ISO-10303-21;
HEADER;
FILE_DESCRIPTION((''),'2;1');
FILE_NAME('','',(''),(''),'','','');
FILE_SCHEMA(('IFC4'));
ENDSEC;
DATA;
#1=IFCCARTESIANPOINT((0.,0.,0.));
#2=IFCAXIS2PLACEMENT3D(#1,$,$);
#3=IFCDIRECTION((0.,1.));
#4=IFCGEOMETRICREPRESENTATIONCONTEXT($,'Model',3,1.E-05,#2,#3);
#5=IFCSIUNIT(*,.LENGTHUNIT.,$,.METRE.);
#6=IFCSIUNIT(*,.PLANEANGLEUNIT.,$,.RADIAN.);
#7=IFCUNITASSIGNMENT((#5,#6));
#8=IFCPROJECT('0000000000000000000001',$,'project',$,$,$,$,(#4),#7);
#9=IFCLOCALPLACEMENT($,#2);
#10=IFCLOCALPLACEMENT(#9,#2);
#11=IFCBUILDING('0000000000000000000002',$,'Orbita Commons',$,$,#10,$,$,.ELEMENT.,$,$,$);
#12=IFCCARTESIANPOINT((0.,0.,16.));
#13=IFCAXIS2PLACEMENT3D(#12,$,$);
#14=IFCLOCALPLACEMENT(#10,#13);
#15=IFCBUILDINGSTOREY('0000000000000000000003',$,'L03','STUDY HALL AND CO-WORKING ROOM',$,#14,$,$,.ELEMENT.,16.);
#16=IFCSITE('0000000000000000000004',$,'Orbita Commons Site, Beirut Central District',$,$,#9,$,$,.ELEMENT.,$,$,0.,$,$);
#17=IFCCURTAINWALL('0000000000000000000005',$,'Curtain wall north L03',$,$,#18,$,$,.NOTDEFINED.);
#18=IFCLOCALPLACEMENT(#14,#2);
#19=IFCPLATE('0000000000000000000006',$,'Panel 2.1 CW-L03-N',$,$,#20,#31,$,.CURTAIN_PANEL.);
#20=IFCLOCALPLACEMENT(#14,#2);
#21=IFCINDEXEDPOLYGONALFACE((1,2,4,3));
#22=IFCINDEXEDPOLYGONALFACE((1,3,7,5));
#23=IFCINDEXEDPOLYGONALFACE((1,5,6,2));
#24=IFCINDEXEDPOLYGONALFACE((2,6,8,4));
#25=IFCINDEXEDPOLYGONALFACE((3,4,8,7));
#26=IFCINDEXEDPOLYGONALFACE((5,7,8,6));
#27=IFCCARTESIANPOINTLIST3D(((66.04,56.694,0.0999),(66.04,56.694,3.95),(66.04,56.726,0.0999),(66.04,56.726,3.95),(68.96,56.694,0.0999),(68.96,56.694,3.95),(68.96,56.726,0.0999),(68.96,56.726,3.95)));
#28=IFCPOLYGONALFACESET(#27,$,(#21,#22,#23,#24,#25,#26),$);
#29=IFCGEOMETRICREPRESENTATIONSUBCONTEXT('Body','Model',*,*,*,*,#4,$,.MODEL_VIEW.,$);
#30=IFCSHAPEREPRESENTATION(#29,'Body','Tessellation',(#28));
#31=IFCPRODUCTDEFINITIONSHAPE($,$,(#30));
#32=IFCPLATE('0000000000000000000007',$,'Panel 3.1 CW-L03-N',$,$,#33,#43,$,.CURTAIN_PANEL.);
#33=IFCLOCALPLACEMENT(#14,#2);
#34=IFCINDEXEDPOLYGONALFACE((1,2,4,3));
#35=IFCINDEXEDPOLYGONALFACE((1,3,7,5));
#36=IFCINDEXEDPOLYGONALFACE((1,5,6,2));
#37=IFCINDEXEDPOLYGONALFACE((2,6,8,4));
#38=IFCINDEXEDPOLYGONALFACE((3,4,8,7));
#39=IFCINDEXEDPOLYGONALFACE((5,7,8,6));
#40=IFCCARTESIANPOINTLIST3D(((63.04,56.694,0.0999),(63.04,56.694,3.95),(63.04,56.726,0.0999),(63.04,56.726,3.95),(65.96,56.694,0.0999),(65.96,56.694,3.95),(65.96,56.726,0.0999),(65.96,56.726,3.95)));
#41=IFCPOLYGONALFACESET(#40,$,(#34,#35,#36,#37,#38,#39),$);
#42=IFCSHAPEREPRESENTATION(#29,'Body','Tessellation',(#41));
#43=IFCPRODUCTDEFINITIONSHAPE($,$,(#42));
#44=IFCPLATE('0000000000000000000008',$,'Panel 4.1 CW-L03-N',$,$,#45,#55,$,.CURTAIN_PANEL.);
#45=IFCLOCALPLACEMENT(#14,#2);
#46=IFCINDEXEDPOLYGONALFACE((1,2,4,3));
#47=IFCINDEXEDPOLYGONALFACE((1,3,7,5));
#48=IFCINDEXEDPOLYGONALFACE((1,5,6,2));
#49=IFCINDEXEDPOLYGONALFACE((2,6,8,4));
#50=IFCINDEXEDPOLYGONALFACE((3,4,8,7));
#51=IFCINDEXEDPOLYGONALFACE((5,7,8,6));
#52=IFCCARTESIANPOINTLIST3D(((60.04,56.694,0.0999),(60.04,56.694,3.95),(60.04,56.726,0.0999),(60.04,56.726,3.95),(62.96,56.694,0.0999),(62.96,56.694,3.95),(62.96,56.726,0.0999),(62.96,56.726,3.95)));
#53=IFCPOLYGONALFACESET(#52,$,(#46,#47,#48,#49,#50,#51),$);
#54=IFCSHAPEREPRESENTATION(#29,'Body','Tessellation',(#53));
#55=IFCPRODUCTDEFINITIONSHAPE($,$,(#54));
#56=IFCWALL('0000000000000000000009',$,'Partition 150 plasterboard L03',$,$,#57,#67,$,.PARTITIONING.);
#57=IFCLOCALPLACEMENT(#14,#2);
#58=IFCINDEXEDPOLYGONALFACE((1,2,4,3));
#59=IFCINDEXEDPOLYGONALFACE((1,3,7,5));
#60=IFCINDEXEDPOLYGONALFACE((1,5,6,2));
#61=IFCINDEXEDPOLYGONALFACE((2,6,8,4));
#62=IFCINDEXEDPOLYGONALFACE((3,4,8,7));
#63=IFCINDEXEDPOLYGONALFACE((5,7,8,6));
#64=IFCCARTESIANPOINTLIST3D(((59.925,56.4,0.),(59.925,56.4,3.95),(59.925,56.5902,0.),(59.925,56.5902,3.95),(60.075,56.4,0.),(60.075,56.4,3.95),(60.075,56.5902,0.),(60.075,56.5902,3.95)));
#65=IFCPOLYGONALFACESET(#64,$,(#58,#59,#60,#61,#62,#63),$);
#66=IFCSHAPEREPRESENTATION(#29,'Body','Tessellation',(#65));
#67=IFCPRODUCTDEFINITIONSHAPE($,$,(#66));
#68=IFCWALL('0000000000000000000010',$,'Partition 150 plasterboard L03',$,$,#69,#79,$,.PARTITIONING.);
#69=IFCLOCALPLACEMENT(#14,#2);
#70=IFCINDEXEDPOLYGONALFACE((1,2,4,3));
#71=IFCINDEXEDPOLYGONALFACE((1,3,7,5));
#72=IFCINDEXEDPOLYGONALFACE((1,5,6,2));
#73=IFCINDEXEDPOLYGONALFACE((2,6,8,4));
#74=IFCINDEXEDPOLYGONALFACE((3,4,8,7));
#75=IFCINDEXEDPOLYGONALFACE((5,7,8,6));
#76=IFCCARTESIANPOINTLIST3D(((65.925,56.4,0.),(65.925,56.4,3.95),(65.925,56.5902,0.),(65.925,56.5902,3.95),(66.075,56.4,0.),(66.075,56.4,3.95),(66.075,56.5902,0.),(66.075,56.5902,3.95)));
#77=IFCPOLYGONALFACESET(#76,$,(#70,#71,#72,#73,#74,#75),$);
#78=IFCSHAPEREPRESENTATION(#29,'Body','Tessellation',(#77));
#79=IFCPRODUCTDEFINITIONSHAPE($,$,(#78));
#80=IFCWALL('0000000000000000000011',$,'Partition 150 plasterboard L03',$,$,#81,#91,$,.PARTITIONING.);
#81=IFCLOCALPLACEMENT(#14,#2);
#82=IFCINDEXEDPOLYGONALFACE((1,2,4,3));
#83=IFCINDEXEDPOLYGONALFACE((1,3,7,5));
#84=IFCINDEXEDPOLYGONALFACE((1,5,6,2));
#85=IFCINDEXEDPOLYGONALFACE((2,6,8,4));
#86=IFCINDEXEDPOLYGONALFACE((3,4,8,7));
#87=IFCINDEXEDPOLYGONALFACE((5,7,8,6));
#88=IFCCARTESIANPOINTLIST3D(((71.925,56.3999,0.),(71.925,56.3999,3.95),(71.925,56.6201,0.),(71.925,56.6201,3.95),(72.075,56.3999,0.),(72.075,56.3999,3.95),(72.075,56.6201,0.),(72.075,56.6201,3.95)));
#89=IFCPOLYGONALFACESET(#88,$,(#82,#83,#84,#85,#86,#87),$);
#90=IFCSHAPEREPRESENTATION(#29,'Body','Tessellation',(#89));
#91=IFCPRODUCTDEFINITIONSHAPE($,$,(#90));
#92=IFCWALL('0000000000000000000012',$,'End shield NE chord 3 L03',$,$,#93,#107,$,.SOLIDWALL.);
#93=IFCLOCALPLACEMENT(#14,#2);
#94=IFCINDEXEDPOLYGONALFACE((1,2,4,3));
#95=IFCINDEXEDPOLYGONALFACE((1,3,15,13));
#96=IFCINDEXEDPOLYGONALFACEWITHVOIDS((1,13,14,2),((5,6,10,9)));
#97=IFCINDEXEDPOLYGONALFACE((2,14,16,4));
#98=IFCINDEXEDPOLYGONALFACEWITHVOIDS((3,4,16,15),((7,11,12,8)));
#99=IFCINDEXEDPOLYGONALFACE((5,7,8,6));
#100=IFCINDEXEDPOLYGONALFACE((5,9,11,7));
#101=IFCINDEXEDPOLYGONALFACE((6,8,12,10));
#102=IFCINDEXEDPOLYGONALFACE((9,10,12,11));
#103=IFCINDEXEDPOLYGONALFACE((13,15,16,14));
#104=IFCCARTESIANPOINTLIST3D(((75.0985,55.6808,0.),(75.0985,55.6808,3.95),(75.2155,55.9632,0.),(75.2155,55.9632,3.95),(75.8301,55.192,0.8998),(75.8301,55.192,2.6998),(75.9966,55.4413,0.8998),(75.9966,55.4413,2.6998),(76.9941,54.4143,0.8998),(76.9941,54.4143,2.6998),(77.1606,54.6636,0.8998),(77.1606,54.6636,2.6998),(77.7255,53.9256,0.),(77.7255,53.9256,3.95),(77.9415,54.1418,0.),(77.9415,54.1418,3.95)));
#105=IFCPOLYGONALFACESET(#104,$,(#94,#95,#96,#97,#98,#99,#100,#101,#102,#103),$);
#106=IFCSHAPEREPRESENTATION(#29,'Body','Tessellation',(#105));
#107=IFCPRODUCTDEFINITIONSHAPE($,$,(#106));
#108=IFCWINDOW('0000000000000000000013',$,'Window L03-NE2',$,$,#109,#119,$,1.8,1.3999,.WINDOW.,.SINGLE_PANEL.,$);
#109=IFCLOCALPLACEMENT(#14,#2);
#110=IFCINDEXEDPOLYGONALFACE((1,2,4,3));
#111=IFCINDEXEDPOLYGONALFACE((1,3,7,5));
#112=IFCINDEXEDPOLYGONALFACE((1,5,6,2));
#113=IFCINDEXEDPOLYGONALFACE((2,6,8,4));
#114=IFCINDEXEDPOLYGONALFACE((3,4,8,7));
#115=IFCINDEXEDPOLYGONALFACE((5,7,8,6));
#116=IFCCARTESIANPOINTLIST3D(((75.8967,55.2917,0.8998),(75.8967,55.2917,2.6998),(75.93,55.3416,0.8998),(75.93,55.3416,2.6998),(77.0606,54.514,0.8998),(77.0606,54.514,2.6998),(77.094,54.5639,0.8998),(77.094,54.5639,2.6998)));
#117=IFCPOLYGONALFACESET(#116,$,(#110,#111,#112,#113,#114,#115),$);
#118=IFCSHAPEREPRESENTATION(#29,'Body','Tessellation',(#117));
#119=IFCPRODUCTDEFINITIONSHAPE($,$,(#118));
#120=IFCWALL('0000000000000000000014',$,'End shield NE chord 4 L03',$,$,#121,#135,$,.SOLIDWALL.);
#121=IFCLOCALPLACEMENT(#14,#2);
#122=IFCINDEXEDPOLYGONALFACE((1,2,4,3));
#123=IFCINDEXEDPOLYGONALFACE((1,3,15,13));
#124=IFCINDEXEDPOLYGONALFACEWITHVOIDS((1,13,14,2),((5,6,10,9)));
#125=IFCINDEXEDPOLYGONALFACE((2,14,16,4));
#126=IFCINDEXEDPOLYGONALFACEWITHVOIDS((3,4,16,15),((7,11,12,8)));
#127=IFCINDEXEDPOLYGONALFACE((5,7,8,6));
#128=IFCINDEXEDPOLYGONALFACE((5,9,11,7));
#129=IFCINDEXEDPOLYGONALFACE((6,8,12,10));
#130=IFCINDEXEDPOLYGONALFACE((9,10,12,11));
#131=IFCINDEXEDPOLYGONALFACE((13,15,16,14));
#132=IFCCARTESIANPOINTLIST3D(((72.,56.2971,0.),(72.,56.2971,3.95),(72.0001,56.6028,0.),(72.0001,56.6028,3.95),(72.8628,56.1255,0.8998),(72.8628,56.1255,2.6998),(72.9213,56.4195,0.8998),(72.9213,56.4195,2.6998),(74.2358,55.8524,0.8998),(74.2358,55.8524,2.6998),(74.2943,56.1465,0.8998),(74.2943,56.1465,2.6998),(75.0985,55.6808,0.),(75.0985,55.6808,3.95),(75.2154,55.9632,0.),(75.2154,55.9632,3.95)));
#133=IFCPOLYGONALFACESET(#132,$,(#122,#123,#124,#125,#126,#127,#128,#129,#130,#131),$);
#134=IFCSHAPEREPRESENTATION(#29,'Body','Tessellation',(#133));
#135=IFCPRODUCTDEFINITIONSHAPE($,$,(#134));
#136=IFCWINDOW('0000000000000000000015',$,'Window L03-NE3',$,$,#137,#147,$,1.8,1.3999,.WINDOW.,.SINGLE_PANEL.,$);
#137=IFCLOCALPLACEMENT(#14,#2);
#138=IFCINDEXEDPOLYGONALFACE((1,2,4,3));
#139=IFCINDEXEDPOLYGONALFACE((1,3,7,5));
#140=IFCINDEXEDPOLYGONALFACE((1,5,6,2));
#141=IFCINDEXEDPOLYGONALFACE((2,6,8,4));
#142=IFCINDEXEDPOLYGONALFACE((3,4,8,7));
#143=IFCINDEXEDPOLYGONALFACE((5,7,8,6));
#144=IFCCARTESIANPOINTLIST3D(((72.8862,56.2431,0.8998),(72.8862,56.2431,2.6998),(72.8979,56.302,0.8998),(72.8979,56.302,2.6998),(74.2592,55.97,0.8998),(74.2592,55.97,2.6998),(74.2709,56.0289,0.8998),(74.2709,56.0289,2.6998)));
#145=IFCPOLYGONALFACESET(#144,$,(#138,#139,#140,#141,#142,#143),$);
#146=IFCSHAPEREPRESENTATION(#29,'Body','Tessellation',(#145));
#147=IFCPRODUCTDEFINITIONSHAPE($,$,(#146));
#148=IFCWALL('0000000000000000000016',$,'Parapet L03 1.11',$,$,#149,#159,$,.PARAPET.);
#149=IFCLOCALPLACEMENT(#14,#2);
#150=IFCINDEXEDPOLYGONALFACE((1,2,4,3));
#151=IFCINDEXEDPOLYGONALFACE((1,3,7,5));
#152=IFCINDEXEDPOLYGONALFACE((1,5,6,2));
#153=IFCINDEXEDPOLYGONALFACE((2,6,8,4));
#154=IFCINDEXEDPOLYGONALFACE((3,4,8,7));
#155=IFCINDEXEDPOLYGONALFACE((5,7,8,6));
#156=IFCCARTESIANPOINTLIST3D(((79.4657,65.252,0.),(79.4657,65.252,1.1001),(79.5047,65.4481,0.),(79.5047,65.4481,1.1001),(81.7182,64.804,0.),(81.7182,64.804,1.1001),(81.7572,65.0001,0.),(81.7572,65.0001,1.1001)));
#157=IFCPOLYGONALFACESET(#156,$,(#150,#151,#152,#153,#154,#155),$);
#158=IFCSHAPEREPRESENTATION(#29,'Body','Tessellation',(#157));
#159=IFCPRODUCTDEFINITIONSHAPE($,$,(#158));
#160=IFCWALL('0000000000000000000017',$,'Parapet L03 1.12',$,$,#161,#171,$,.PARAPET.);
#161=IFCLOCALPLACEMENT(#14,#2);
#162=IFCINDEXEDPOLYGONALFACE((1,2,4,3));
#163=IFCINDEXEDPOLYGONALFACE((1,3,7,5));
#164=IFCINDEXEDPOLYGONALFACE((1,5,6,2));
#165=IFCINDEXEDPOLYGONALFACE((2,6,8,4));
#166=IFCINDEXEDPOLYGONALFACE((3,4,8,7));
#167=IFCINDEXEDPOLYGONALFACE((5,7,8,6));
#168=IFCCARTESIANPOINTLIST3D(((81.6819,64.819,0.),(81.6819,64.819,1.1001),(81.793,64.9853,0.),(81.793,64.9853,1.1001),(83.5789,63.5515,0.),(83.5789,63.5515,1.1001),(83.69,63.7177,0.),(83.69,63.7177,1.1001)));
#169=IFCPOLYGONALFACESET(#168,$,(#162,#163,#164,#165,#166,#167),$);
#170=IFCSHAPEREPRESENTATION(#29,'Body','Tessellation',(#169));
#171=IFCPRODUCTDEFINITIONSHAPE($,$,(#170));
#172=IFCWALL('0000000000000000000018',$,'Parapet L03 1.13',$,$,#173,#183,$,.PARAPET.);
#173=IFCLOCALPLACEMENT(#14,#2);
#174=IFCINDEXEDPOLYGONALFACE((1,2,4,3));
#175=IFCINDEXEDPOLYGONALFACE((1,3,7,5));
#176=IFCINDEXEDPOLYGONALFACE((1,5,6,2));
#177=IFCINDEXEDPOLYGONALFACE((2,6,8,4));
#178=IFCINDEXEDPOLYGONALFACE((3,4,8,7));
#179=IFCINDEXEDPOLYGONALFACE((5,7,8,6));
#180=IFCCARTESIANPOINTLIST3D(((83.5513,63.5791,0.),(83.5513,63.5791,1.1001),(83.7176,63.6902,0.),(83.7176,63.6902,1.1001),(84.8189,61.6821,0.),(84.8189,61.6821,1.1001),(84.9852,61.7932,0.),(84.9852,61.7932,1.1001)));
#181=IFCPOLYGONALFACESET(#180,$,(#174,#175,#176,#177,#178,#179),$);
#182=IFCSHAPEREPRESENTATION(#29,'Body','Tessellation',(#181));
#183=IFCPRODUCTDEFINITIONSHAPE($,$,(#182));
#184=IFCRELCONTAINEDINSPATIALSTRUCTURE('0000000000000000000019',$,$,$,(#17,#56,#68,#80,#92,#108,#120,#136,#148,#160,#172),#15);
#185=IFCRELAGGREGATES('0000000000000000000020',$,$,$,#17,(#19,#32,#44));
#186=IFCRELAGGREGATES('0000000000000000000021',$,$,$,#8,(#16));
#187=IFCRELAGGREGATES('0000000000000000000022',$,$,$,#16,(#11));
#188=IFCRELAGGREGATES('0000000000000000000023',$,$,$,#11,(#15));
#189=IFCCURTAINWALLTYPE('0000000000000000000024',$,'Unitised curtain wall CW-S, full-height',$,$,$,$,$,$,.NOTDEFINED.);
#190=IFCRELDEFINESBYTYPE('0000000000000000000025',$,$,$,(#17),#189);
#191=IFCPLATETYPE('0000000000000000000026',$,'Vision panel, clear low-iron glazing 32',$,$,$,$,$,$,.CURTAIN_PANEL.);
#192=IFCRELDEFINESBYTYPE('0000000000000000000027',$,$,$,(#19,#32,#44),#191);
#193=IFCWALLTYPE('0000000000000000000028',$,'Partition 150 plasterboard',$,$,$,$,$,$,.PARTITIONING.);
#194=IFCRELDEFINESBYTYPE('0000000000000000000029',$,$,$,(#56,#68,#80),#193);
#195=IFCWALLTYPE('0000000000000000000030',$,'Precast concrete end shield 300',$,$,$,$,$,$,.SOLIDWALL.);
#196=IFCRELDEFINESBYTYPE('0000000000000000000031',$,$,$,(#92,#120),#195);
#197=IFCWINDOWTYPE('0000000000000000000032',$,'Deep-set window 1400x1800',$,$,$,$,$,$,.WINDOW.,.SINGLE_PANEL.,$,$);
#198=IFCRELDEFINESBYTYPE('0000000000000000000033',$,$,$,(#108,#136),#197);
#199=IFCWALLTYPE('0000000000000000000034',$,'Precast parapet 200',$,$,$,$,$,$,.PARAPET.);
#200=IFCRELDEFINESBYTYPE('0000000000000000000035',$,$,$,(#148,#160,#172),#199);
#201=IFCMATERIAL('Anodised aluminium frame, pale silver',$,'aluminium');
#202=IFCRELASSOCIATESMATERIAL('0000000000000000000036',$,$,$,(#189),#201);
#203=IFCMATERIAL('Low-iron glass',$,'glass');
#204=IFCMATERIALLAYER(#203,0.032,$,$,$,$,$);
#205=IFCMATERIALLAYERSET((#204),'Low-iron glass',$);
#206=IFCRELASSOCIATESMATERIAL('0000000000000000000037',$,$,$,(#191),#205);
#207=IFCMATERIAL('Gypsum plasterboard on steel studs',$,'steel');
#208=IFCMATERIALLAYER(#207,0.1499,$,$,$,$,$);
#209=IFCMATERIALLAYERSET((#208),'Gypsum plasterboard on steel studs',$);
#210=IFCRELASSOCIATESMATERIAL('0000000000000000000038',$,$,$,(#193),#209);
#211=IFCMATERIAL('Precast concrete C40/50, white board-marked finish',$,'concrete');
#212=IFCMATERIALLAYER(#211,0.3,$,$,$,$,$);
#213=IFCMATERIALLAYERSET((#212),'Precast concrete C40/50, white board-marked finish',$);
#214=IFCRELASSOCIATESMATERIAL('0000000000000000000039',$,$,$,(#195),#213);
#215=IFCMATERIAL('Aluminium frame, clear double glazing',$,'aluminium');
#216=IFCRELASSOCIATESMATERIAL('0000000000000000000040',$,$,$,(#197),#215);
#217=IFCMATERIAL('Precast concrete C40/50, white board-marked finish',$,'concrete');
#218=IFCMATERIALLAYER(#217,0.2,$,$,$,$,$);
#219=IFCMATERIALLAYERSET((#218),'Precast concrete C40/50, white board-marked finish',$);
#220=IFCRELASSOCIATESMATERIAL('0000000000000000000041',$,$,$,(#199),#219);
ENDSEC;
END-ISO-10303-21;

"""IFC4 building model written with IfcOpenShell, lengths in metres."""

from ifc_helpers import new_model, si_unit, direction, frame, frame_2d, origin, origin_2d, place, context, subcontext, project, spatial, polyline, rectangle, outline, extrude, material, layer, layer_set, type_object, element, fill, aggregate, save


model = new_model("IFC4")

# Units and contexts
model_context = context("Model", 3, precision=1e-05, world=origin(), true_north=direction((0.0, 1.0)))
body_context = subcontext(model_context, "Body", "Model", "MODEL_VIEW")
ifc_project = project(units=[si_unit("LENGTHUNIT", "METRE"), si_unit("PLANEANGLEUNIT", "RADIAN")], contexts=[model_context])

# Site, building, storey
site_placement = place(None, origin())
site = spatial("IfcSite", under=ifc_project, at=site_placement, Name="Orbita Commons Site, Beirut Central District", CompositionType="ELEMENT", RefElevation=0.0)
building_placement = place(site_placement, origin())
building = spatial("IfcBuilding", under=site, at=building_placement, Name="Orbita Commons", CompositionType="ELEMENT")
storey_placement = place(building_placement, frame((0.0, 0.0, 16.0)))
storey = spatial("IfcBuildingStorey", under=building, at=storey_placement, Name="L03", Description="STUDY HALL AND CO-WORKING ROOM", CompositionType="ELEMENT", Elevation=16.0)

# Curtain wall, plates
ifc_material_1 = material(Name="Anodised aluminium frame, pale silver", Category="aluminium")
curtain_wall_type = type_object("IfcCurtainWallType", Name="Unitised curtain wall CW-S, full-height", PredefinedType="NOTDEFINED", material=ifc_material_1)
curtain_wall_placement = place(storey_placement, origin())
curtain_wall = element("IfcCurtainWall", 1, at=curtain_wall_placement, inside=storey, type_object=curtain_wall_type, Name="Curtain wall north L03", PredefinedType="NOTDEFINED")
ifc_material_2 = material(Name="Low-iron glass", Category="glass")
ifc_layer_1 = layer(ifc_material_2, 0.032)
ifc_layer_set_1 = layer_set([ifc_layer_1], Name="Low-iron glass")
plate_type = type_object("IfcPlateType", Name="Vision panel, clear low-iron glazing 32", PredefinedType="CURTAIN_PANEL", material=ifc_layer_set_1)
plate_1_placement = place(storey_placement, frame((67.5, 56.71, 0.0999), z_axis=(0.0, 0.0, 1.0), x_axis=(-1.0, 0.0, 0.0)))
plate_1 = element("IfcPlate", 2, at=plate_1_placement, type_object=plate_type, Name="Panel 2.1 CW-L03-N", PredefinedType="CURTAIN_PANEL", context=body_context, shape_type="SweptSolid", body=[
    extrude(rectangle(XDim=2.9199, YDim=0.032, at=origin_2d()), origin(), (0.0, 0.0, 1.0), 3.8501),
])
plate_2_placement = place(storey_placement, frame((64.5, 56.71, 0.0999), z_axis=(0.0, 0.0, 1.0), x_axis=(-1.0, 0.0, 0.0)))
plate_2 = element("IfcPlate", 3, at=plate_2_placement, type_object=plate_type, Name="Panel 3.1 CW-L03-N", PredefinedType="CURTAIN_PANEL", context=body_context, shape_type="SweptSolid", body=[
    extrude(rectangle(XDim=2.9199, YDim=0.032, at=origin_2d()), origin(), (0.0, 0.0, 1.0), 3.8501),
])
plate_3_placement = place(storey_placement, frame((61.5, 56.71, 0.0999), z_axis=(0.0, 0.0, 1.0), x_axis=(-1.0, 0.0, 0.0)))
plate_3 = element("IfcPlate", 4, at=plate_3_placement, type_object=plate_type, Name="Panel 4.1 CW-L03-N", PredefinedType="CURTAIN_PANEL", context=body_context, shape_type="SweptSolid", body=[
    extrude(rectangle(XDim=2.9199, YDim=0.032, at=origin_2d()), origin(), (0.0, 0.0, 1.0), 3.8501),
])
aggregate(curtain_wall, [plate_1, plate_2, plate_3])

# Walls
ifc_material_3 = material(Name="Gypsum plasterboard on steel studs", Category="steel")
ifc_layer_2 = layer(ifc_material_3, 0.1499)
ifc_layer_set_2 = layer_set([ifc_layer_2], Name="Gypsum plasterboard on steel studs")
wall_type_1 = type_object("IfcWallType", Name="Partition 150 plasterboard", PredefinedType="PARTITIONING", material=ifc_layer_set_2)
for number, where, z_axis, x_axis, name in (
    (5, (60.0, 56.3999, 0.0), (0.0, 0.0, 1.0), (0.0, 1.0, 0.0), "Partition 150 plasterboard L03"),
    (6, (66.0, 56.3999, 0.0), (0.0, 0.0, 1.0), (0.0, 1.0, 0.0), "Partition 150 plasterboard L03"),
):
    element("IfcWall", number, at=place(storey_placement, frame(where, z_axis=z_axis, x_axis=x_axis)), inside=storey, type_object=wall_type_1, Name=name, PredefinedType="PARTITIONING", context=body_context, shape_type="SweptSolid", body=[
        extrude(rectangle(XDim=0.1902, YDim=0.1499, at=frame_2d((0.0952, 0.0))), origin(), (0.0, 0.0, 1.0), 3.95),
    ])
wall_1_placement = place(storey_placement, frame((72.0, 56.3999, 0.0), z_axis=(0.0, 0.0, 1.0), x_axis=(0.0, 1.0, 0.0)))
element("IfcWall", 7, at=wall_1_placement, inside=storey, type_object=wall_type_1, Name="Partition 150 plasterboard L03", PredefinedType="PARTITIONING", context=body_context, shape_type="SweptSolid", body=[
    extrude(rectangle(XDim=0.2202, YDim=0.1499, at=frame_2d((0.1101, 0.0))), origin(), (0.0, 0.0, 1.0), 3.95),
])

# Walls, openings, windows
ifc_material_4 = material(Name="Precast concrete C40/50, white board-marked finish", Category="concrete")
ifc_layer_3 = layer(ifc_material_4, 0.3)
ifc_layer_set_3 = layer_set([ifc_layer_3], Name="Precast concrete C40/50, white board-marked finish")
wall_type_2 = type_object("IfcWallType", Name="Precast concrete end shield 300", PredefinedType="SOLIDWALL", material=ifc_layer_set_3)
wall_2_placement = place(storey_placement, frame((77.8335, 54.0337, 0.0), z_axis=(0.0, 0.0, 1.0), x_axis=(-0.831478, 0.555558, 0.0)))
wall_2 = element("IfcWall", 8, at=wall_2_placement, inside=storey, type_object=wall_type_2, Name="End shield NE chord 3 L03", PredefinedType="SOLIDWALL", context=body_context, shape_type="SweptSolid", body=[
    extrude(outline(polyline([(-0.0298, -0.1499), (3.2488, -0.1499), (3.1892, 0.1499), (0.0298, 0.1499), (-0.0298, -0.1499)])), origin(), (0.0, 0.0, 1.0), 3.95),
])
opening_1_placement = place(wall_2_placement, frame((0.9094, 0.0, 0.8999)))
opening_1 = element("IfcOpeningElement", 9, at=opening_1_placement, cuts=wall_2, PredefinedType="OPENING", context=body_context, shape_type="SweptSolid", body=[
    extrude(rectangle(XDim=1.3999, YDim=1.8, at=frame_2d((0.7, 0.8999))), frame((0.0, 0.1599, 0.0), z_axis=(0.0, -1.0, 0.0), x_axis=(1.0, 0.0, 0.0)), (0.0, 0.0, 1.0), 0.3201),
])
ifc_material_5 = material(Name="Aluminium frame, clear double glazing", Category="aluminium")
window_type = type_object("IfcWindowType", Name="Deep-set window 1400x1800", PartitioningType="SINGLE_PANEL", PredefinedType="WINDOW", material=ifc_material_5)
window_1_placement = place(opening_1_placement, origin())
window_1 = element("IfcWindow", 10, at=window_1_placement, inside=storey, type_object=window_type, Name="Window L03-NE2", OverallHeight=1.8, OverallWidth=1.3999, PartitioningType="SINGLE_PANEL", PredefinedType="WINDOW", context=body_context, shape_type="SweptSolid", body=[
    extrude(rectangle(XDim=1.3999, YDim=1.8, at=frame_2d((0.7, 0.8999))), frame((0.0, 0.03, 0.0), z_axis=(0.0, -1.0, 0.0), x_axis=(1.0, 0.0, 0.0)), (0.0, 0.0, 1.0), 0.0601),
])
fill(opening_1, window_1)
wall_3_placement = place(storey_placement, frame((75.157, 55.822, 0.0), z_axis=(0.0, 0.0, 1.0), x_axis=(-0.980787, 0.19508, 0.0)))
wall_3 = element("IfcWall", 11, at=wall_3_placement, inside=storey, type_object=wall_type_2, Name="End shield NE chord 4 L03", PredefinedType="SOLIDWALL", context=body_context, shape_type="SweptSolid", body=[
    extrude(outline(polyline([(-0.0298, -0.1499), (3.2485, -0.1499), (3.189, 0.1499), (0.0298, 0.1499), (-0.0298, -0.1499)])), origin(), (0.0, 0.0, 1.0), 3.95),
])
opening_2_placement = place(wall_3_placement, frame((0.9094, 0.0, 0.8999)))
opening_2 = element("IfcOpeningElement", 12, at=opening_2_placement, cuts=wall_3, PredefinedType="OPENING", context=body_context, shape_type="SweptSolid", body=[
    extrude(rectangle(XDim=1.3999, YDim=1.8, at=frame_2d((0.7, 0.8999))), frame((0.0, 0.1599, 0.0), z_axis=(0.0, -1.0, 0.0), x_axis=(1.0, 0.0, 0.0)), (0.0, 0.0, 1.0), 0.3201),
])
window_2_placement = place(opening_2_placement, origin())
window_2 = element("IfcWindow", 13, at=window_2_placement, inside=storey, type_object=window_type, Name="Window L03-NE3", OverallHeight=1.8, OverallWidth=1.3999, PartitioningType="SINGLE_PANEL", PredefinedType="WINDOW", context=body_context, shape_type="SweptSolid", body=[
    extrude(rectangle(XDim=1.3999, YDim=1.8, at=frame_2d((0.7, 0.8999))), frame((0.0, 0.03, 0.0), z_axis=(0.0, -1.0, 0.0), x_axis=(1.0, 0.0, 0.0)), (0.0, 0.0, 1.0), 0.0601),
])
fill(opening_2, window_2)

# Walls
ifc_material_6 = material(Name="Precast concrete C40/50, white board-marked finish", Category="concrete")
ifc_layer_4 = layer(ifc_material_6, 0.2)
ifc_layer_set_4 = layer_set([ifc_layer_4], Name="Precast concrete C40/50, white board-marked finish")
wall_type_3 = type_object("IfcWallType", Name="Precast parapet 200", PredefinedType="PARAPET", material=ifc_layer_set_4)
wall_4_placement = place(storey_placement, frame((79.4851, 65.3501, 0.0), z_axis=(0.0, 0.0, 1.0), x_axis=(0.980789, -0.195073, 0.0)))
element("IfcWall", 14, at=wall_4_placement, inside=storey, type_object=wall_type_3, Name="Parapet L03 1.11", PredefinedType="PARAPET", context=body_context, shape_type="SweptSolid", body=[
    extrude(rectangle(XDim=2.2966, YDim=0.2, at=frame_2d((1.1484, 0.0))), origin(), (0.0, 0.0, 1.0), 1.1001),
])
for number, where, z_axis, x_axis, name in (
    (15, (81.7375, 64.9021, 0.0), (0.0, 0.0, 1.0), (0.831457, -0.555589, 0.0), "Parapet L03 1.12"),
    (16, (83.6345, 63.6345, 0.0), (0.0, 0.0, 1.0), (0.555589, -0.831457, 0.0), "Parapet L03 1.13"),
):
    element("IfcWall", number, at=place(storey_placement, frame(where, z_axis=z_axis, x_axis=x_axis)), inside=storey, type_object=wall_type_3, Name=name, PredefinedType="PARAPET", context=body_context, shape_type="SweptSolid", body=[
        extrude(rectangle(XDim=2.2815, YDim=0.2, at=frame_2d((1.1406, 0.0))), origin(), (0.0, 0.0, 1.0), 1.1001),
    ])

save(model, "model.ifc")
